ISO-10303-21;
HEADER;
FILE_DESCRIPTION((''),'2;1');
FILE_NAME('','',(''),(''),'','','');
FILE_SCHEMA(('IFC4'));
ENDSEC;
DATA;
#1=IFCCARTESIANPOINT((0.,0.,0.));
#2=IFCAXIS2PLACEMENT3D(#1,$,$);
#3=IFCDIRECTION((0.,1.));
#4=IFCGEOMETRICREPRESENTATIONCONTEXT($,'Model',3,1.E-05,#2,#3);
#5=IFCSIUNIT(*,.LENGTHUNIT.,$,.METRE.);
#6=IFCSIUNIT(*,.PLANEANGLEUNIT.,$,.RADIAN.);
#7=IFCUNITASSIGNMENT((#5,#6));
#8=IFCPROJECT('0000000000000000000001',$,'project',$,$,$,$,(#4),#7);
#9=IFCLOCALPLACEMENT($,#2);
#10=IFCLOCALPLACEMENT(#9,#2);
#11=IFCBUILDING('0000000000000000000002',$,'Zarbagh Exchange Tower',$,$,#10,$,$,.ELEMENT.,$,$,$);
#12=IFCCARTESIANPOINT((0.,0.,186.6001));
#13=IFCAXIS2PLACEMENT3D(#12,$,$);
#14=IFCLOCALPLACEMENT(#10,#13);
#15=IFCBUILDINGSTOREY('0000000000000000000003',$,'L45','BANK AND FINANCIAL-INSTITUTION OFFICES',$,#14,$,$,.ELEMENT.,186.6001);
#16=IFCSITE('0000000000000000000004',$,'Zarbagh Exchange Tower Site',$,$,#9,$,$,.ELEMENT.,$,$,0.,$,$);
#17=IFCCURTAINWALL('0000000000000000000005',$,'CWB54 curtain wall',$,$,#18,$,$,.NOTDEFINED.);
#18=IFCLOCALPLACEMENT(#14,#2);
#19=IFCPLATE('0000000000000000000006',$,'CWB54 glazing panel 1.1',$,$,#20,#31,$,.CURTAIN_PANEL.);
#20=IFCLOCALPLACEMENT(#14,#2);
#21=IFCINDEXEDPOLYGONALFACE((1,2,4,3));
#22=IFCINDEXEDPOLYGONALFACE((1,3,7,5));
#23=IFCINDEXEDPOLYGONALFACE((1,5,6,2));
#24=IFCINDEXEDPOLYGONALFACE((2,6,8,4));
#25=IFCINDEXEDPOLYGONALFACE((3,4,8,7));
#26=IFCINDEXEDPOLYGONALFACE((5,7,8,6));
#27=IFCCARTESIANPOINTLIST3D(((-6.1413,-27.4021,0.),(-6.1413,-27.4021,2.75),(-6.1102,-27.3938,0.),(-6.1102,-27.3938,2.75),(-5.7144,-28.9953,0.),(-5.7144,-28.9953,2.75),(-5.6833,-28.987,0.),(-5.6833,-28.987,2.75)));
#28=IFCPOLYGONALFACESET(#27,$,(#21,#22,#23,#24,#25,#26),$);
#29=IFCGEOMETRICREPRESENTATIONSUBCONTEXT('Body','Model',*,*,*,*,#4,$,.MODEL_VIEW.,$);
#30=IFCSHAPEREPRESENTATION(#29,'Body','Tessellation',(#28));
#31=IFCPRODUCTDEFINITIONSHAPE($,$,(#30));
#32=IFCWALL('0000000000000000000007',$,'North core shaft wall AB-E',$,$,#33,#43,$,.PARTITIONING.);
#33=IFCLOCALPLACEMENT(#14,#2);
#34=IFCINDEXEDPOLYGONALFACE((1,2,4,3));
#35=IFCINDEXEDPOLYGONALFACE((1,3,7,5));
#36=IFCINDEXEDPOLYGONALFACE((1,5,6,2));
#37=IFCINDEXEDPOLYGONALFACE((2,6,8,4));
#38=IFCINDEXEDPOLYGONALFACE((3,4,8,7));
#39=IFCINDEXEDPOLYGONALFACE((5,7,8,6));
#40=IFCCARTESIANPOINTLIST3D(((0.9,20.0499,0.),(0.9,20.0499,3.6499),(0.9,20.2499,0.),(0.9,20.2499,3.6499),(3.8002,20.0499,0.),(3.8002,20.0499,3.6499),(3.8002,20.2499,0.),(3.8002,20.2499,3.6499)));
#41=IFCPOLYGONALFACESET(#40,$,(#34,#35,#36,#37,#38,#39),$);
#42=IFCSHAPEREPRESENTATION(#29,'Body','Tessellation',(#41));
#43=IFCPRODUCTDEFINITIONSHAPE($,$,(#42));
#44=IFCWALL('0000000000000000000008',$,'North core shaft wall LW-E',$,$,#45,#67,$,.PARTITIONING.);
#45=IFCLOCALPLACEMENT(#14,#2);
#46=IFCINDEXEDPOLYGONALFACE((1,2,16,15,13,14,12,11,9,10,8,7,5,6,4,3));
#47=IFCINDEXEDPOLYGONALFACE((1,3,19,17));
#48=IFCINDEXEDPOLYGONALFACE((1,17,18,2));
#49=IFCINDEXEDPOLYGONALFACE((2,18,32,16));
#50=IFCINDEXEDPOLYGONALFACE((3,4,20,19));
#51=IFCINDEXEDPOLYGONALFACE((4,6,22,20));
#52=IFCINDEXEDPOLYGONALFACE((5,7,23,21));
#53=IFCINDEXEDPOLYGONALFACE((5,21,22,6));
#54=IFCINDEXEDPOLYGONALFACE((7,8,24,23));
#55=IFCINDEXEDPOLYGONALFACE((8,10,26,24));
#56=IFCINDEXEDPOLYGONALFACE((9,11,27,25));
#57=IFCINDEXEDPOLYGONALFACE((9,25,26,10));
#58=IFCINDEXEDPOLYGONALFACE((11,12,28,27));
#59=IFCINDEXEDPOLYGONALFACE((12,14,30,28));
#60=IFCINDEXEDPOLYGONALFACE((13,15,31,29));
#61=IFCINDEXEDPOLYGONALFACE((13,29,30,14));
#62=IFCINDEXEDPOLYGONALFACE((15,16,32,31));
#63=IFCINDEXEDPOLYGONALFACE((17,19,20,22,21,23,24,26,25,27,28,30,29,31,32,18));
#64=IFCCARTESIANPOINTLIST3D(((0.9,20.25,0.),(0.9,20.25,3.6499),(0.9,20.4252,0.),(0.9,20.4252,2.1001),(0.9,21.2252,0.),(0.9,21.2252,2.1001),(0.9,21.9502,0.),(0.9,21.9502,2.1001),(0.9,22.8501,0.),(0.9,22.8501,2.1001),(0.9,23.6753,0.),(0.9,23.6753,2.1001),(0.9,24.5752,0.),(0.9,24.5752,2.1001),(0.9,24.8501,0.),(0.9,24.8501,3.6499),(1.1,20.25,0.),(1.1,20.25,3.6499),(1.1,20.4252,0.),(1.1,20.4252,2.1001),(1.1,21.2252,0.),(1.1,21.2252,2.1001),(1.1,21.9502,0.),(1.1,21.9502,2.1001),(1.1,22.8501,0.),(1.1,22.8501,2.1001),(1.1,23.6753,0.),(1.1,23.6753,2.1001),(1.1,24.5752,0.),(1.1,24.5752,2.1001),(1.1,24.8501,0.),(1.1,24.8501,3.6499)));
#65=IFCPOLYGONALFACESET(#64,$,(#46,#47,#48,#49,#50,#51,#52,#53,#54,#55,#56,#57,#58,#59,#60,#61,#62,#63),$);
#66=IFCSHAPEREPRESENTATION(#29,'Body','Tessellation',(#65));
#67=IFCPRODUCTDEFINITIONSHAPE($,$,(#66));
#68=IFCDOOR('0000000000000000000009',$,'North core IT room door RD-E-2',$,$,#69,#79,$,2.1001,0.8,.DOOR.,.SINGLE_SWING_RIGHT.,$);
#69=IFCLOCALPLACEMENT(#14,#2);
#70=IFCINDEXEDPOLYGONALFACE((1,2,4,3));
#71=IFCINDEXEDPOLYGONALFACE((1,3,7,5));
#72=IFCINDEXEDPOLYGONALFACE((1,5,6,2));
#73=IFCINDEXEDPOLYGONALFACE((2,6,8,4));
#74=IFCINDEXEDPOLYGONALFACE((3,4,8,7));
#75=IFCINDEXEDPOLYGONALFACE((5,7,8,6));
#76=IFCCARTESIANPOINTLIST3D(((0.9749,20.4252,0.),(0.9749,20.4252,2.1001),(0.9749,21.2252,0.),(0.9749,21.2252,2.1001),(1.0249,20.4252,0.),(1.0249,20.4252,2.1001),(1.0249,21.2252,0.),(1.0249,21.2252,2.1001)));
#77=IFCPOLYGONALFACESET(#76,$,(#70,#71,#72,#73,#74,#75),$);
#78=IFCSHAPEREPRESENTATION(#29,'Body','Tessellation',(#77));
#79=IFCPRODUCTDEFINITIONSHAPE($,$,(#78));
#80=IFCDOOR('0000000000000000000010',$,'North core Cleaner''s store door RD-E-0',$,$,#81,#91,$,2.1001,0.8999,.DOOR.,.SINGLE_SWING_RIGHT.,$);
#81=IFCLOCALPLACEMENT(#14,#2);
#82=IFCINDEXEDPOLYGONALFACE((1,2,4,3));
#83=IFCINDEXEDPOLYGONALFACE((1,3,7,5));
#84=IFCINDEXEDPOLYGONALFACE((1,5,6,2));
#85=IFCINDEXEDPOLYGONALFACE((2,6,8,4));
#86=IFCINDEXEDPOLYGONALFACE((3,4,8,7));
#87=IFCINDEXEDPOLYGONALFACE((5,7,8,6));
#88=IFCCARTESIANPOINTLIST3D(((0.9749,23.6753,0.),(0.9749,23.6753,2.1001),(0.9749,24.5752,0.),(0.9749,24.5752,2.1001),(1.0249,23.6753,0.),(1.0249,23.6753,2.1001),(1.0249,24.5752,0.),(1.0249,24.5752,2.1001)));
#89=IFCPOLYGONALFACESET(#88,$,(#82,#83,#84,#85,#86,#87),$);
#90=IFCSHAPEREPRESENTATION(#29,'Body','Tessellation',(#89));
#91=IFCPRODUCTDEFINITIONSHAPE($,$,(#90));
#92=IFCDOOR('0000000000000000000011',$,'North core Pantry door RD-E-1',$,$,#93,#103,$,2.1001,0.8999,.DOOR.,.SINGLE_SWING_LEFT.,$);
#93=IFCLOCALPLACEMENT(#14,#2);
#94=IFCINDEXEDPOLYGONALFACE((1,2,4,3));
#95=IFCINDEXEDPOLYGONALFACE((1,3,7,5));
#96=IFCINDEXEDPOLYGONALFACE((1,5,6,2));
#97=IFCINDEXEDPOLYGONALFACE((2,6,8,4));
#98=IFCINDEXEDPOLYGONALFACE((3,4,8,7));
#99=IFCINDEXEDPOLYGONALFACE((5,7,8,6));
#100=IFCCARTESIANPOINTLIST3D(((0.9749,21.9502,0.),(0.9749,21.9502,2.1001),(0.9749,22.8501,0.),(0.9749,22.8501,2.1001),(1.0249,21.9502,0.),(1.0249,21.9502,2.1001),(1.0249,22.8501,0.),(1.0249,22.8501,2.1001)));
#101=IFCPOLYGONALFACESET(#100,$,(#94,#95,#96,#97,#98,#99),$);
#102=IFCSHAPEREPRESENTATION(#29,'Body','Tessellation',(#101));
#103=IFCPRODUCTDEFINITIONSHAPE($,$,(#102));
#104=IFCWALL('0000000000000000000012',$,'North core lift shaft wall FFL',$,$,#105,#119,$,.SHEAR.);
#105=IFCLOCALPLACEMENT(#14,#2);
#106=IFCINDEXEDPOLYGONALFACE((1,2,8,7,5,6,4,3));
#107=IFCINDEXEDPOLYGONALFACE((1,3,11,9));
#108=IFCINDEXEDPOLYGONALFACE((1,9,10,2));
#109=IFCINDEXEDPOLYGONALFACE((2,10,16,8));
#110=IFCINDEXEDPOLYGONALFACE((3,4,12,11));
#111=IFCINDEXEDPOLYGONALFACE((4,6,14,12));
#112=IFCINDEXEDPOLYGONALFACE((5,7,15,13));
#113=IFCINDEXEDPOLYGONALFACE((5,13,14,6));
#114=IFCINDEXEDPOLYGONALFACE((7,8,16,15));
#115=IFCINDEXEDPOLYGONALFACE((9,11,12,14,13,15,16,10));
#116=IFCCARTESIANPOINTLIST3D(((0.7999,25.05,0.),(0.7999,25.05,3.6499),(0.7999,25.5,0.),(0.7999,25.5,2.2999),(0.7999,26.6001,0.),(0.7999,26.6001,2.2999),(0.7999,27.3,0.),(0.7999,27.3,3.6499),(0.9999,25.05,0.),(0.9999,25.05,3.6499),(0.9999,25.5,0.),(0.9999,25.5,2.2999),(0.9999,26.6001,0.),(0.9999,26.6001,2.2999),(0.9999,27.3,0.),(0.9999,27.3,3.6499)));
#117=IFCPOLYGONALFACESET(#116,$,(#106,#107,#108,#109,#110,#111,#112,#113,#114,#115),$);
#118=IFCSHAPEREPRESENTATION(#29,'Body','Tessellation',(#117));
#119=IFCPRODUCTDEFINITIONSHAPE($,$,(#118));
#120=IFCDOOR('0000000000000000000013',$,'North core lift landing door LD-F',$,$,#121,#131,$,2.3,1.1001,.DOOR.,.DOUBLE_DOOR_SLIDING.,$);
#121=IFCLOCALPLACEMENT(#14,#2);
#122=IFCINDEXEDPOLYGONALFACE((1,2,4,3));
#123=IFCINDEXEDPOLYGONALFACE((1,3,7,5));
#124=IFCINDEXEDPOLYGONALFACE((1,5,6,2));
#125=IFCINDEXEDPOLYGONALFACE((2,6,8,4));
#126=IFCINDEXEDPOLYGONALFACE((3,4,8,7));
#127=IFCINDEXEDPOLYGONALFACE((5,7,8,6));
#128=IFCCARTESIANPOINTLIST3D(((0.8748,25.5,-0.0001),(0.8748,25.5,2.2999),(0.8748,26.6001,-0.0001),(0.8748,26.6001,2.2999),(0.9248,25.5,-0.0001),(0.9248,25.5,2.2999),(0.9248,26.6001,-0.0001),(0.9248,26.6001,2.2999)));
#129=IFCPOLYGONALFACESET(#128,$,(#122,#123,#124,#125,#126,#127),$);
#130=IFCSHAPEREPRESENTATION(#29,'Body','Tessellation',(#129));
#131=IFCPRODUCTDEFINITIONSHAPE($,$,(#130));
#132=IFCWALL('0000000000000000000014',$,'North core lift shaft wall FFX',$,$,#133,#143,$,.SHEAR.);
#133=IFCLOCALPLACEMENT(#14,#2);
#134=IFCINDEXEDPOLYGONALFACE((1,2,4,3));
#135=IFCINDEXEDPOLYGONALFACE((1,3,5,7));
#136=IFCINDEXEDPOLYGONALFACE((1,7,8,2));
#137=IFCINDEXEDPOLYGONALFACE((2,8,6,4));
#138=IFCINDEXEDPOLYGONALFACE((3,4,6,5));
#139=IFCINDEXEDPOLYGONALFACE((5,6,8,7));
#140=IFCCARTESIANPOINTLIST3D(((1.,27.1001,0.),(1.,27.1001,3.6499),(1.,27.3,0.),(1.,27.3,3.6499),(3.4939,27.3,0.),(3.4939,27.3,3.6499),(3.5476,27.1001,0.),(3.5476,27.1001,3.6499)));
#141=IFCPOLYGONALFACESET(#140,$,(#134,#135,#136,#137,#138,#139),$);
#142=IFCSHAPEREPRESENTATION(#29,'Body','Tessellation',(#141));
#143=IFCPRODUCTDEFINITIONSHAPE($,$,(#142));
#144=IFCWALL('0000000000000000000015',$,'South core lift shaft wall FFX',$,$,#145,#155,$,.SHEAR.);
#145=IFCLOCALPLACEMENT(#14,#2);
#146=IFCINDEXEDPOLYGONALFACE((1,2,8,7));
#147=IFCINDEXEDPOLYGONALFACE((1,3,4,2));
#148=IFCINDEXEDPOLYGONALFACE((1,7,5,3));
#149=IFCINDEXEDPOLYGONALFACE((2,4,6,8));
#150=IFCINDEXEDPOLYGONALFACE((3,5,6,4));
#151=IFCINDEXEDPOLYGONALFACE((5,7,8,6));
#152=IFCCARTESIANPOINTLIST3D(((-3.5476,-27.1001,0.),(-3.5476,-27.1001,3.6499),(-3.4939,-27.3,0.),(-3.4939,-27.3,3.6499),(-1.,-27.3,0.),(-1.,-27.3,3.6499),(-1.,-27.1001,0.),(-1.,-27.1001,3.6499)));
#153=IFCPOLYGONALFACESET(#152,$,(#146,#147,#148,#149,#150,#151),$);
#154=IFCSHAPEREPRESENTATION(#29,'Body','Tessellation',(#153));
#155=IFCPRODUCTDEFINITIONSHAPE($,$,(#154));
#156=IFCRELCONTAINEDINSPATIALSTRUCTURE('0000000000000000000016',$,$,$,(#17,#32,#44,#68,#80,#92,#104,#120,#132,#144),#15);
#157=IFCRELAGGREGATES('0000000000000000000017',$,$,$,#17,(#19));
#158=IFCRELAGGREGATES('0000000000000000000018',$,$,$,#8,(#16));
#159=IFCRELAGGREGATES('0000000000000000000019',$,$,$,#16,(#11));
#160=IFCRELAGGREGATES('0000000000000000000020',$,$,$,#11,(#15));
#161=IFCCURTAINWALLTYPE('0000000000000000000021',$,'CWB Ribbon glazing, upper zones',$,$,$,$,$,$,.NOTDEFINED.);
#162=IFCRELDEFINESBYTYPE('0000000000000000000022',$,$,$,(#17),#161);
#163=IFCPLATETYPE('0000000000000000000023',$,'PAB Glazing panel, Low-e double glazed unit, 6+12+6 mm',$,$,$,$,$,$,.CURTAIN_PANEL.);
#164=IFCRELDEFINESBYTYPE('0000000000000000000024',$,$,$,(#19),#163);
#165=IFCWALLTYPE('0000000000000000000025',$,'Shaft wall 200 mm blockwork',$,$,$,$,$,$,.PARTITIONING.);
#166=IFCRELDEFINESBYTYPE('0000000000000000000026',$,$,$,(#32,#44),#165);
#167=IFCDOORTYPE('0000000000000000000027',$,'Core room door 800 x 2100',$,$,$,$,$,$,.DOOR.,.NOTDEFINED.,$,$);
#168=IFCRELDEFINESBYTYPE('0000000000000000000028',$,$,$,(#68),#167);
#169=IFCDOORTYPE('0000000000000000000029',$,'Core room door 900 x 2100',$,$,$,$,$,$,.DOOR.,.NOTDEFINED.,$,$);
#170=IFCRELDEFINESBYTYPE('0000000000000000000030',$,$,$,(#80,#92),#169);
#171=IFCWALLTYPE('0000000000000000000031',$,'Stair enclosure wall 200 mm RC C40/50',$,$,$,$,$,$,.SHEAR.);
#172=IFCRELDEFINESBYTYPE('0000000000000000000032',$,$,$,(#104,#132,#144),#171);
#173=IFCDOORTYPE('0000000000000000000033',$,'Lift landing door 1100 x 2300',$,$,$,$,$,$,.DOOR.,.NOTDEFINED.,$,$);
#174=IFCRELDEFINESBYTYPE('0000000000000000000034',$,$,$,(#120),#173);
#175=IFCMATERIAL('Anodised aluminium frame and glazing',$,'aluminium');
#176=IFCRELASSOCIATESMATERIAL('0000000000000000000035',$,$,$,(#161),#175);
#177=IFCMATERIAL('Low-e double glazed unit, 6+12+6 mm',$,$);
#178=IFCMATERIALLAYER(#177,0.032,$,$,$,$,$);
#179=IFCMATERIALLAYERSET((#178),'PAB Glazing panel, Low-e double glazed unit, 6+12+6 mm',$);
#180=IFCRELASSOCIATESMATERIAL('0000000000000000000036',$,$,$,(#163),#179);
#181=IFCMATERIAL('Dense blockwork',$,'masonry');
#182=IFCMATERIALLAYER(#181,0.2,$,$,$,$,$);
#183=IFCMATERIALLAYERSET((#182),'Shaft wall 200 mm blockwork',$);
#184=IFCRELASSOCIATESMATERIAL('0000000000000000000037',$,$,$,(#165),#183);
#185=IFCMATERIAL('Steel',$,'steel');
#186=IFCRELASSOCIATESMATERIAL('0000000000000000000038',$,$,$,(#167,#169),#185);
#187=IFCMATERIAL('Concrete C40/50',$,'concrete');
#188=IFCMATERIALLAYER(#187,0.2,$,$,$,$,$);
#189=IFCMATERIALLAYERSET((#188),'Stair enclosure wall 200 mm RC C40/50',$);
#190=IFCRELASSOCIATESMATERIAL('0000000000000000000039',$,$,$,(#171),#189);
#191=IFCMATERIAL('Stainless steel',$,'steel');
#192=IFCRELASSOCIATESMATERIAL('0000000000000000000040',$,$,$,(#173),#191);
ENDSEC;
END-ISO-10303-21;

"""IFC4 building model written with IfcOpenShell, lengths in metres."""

from ifc_helpers import new_model, si_unit, direction, frame, frame_2d, origin, place, context, subcontext, project, spatial, polyline, rectangle, outline, extrude, source, transform, mapped, material, layer, layer_set, type_object, element, fill, aggregate, save


model = new_model("IFC4")

# Units and contexts
model_context = context("Model", 3, precision=1e-05, world=origin(), true_north=direction((0.0, 1.0)))
body_context = subcontext(model_context, "Body", "Model", "MODEL_VIEW")
ifc_project = project(units=[si_unit("LENGTHUNIT", "METRE"), si_unit("PLANEANGLEUNIT", "RADIAN")], contexts=[model_context])

# Site, building, storey
site_placement = place(None, origin())
site = spatial("IfcSite", under=ifc_project, at=site_placement, Name="Zarbagh Exchange Tower Site", CompositionType="ELEMENT", RefElevation=0.0)
building_placement = place(site_placement, origin())
building = spatial("IfcBuilding", under=site, at=building_placement, Name="Zarbagh Exchange Tower", CompositionType="ELEMENT")
storey_placement = place(building_placement, frame((0.0, 0.0, 186.6001)))
storey = spatial("IfcBuildingStorey", under=building, at=storey_placement, Name="L45", Description="BANK AND FINANCIAL-INSTITUTION OFFICES", CompositionType="ELEMENT", Elevation=186.6001)

# Shared definitions
ifc_material_1 = material(Name="Anodised aluminium frame and glazing", Category="aluminium")
curtain_wall_type = type_object("IfcCurtainWallType", Name="CWB Ribbon glazing, upper zones", PredefinedType="NOTDEFINED", material=ifc_material_1)
placement = place(storey_placement, origin())

# Curtain wall
curtain_wall_1_placement = place(storey_placement, origin())
curtain_wall_1 = element("IfcCurtainWall", 1, at=curtain_wall_1_placement, inside=storey, type_object=curtain_wall_type, Name="CWB54 curtain wall", PredefinedType="NOTDEFINED")

# Shared definitions
ifc_material_2 = material(Name="Concrete C40/50", Category="concrete")

# Shared definitions
ifc_material_3 = material(Name="Low-e double glazed unit, 6+12+6 mm")
ifc_layer_1 = layer(ifc_material_3, 0.032)
ifc_layer_set_1 = layer_set([ifc_layer_1], Name="PAB Glazing panel, Low-e double glazed unit, 6+12+6 mm")
plate_type = type_object("IfcPlateType", Name="PAB Glazing panel, Low-e double glazed unit, 6+12+6 mm", PredefinedType="CURTAIN_PANEL", material=ifc_layer_set_1)

# Plate
shared_shape_1 = source(origin(), body_context, "Body", "SweptSolid", [
    extrude(outline(polyline([(0.0, -0.0161), (1.6494, -0.0161), (1.6494, 0.0161), (0.0, 0.0161), (0.0, -0.0161)])), origin(), (0.0, 0.0, 1.0), 2.75),
])
plate_1 = element("IfcPlate", 2, at=placement, type_object=plate_type, Name="CWB54 glazing panel 1.1", PredefinedType="CURTAIN_PANEL", context=body_context, shape_type="MappedRepresentation", body=[
    mapped(shared_shape_1, transform((-6.1257, -27.3979, 0.0), x_axis=(0.258825, -0.965924, 0.0), y_axis=(0.965924, 0.258825, 0.0), z_axis=(0.0, 0.0, 1.0))),
])
aggregate(curtain_wall_1, [plate_1])

# Wall
ifc_material_4 = material(Name="Dense blockwork", Category="masonry")
ifc_layer_2 = layer(ifc_material_4, 0.2)
ifc_layer_set_2 = layer_set([ifc_layer_2], Name="Shaft wall 200 mm blockwork")
wall_type_1 = type_object("IfcWallType", Name="Shaft wall 200 mm blockwork", PredefinedType="PARTITIONING", material=ifc_layer_set_2)
wall_1_placement = place(storey_placement, frame((0.8999, 20.1499, 0.0), z_axis=(0.0, 0.0, 1.0), x_axis=(1.0, 0.0, 0.0)))
element("IfcWall", 3, at=wall_1_placement, inside=storey, type_object=wall_type_1, Name="North core shaft wall AB-E", PredefinedType="PARTITIONING", context=body_context, shape_type="SweptSolid", body=[
    extrude(rectangle(XDim=2.9001, YDim=0.2, at=frame_2d((1.4502, 0.0))), origin(), (0.0, 0.0, 1.0), 3.6499),
])

# Wall, openings, doors
wall_2_placement = place(storey_placement, frame((1.0, 24.8501, 0.0), z_axis=(0.0, 0.0, 1.0), x_axis=(0.0, -1.0, 0.0)))
wall_2 = element("IfcWall", 4, at=wall_2_placement, inside=storey, type_object=wall_type_1, Name="North core shaft wall LW-E", PredefinedType="PARTITIONING", context=body_context, shape_type="SweptSolid", body=[
    extrude(rectangle(XDim=4.6001, YDim=0.2, at=frame_2d((2.3, 0.0))), origin(), (0.0, 0.0, 1.0), 3.6499),
])
opening_1_placement = place(wall_2_placement, frame((0.2749, 0.0, 0.0)))
opening_1 = element("IfcOpeningElement", 5, at=opening_1_placement, cuts=wall_2, PredefinedType="OPENING", context=body_context, shape_type="SweptSolid", body=[
    extrude(rectangle(XDim=0.8999, YDim=2.1001, at=frame_2d((0.45, 1.05))), frame((0.0, 0.1099, 0.0), z_axis=(0.0, -1.0, 0.0), x_axis=(1.0, 0.0, 0.0)), (0.0, 0.0, 1.0), 0.22),
])
opening_2_placement = place(wall_2_placement, frame((2.0, 0.0, 0.0)))
opening_2 = element("IfcOpeningElement", 6, at=opening_2_placement, cuts=wall_2, PredefinedType="OPENING", context=body_context, shape_type="SweptSolid", body=[
    extrude(rectangle(XDim=0.8999, YDim=2.1001, at=frame_2d((0.45, 1.05))), frame((0.0, 0.1099, 0.0), z_axis=(0.0, -1.0, 0.0), x_axis=(1.0, 0.0, 0.0)), (0.0, 0.0, 1.0), 0.22),
])
opening_3_placement = place(wall_2_placement, frame((3.625, 0.0, 0.0)))
opening_3 = element("IfcOpeningElement", 7, at=opening_3_placement, cuts=wall_2, PredefinedType="OPENING", context=body_context, shape_type="SweptSolid", body=[
    extrude(rectangle(XDim=0.8, YDim=2.1001, at=frame_2d((0.3999, 1.05))), frame((0.0, 0.1099, 0.0), z_axis=(0.0, -1.0, 0.0), x_axis=(1.0, 0.0, 0.0)), (0.0, 0.0, 1.0), 0.22),
])
ifc_material_5 = material(Name="Steel", Category="steel")
door_type_1 = type_object("IfcDoorType", Name="Core room door 800 x 2100", OperationType="NOTDEFINED", PredefinedType="DOOR", material=ifc_material_5)
door_1_placement = place(opening_3_placement, origin())
door_1 = element("IfcDoor", 8, at=door_1_placement, inside=storey, type_object=door_type_1, Name="North core IT room door RD-E-2", OperationType="SINGLE_SWING_RIGHT", OverallHeight=2.1001, OverallWidth=0.8, PredefinedType="DOOR", context=body_context, shape_type="SweptSolid", body=[
    extrude(rectangle(XDim=0.8, YDim=2.1001, at=frame_2d((0.3999, 1.05))), frame((0.0, 0.0249, 0.0), z_axis=(0.0, -1.0, 0.0), x_axis=(1.0, 0.0, 0.0)), (0.0, 0.0, 1.0), 0.05),
])
fill(opening_3, door_1)
door_type_2 = type_object("IfcDoorType", Name="Core room door 900 x 2100", OperationType="NOTDEFINED", PredefinedType="DOOR", material=ifc_material_5)
door_2_placement = place(opening_1_placement, origin())
door_2 = element("IfcDoor", 9, at=door_2_placement, inside=storey, type_object=door_type_2, Name="North core Cleaner's store door RD-E-0", OperationType="SINGLE_SWING_RIGHT", OverallHeight=2.1001, OverallWidth=0.8999, PredefinedType="DOOR", context=body_context, shape_type="SweptSolid", body=[
    extrude(rectangle(XDim=0.8999, YDim=2.1001, at=frame_2d((0.45, 1.05))), frame((0.0, 0.0249, 0.0), z_axis=(0.0, -1.0, 0.0), x_axis=(1.0, 0.0, 0.0)), (0.0, 0.0, 1.0), 0.05),
])
fill(opening_1, door_2)
door_3_placement = place(opening_2_placement, origin())
door_3 = element("IfcDoor", 10, at=door_3_placement, inside=storey, type_object=door_type_2, Name="North core Pantry door RD-E-1", OperationType="SINGLE_SWING_LEFT", OverallHeight=2.1001, OverallWidth=0.8999, PredefinedType="DOOR", context=body_context, shape_type="SweptSolid", body=[
    extrude(rectangle(XDim=0.8999, YDim=2.1001, at=frame_2d((0.45, 1.05))), frame((0.0, 0.0249, 0.0), z_axis=(0.0, -1.0, 0.0), x_axis=(1.0, 0.0, 0.0)), (0.0, 0.0, 1.0), 0.05),
])
fill(opening_2, door_3)

# Wall, opening, door
ifc_layer_3 = layer(ifc_material_2, 0.2)
ifc_layer_set_3 = layer_set([ifc_layer_3], Name="Stair enclosure wall 200 mm RC C40/50")
wall_type_2 = type_object("IfcWallType", Name="Stair enclosure wall 200 mm RC C40/50", PredefinedType="SHEAR", material=ifc_layer_set_3)
wall_3_placement = place(storey_placement, frame((0.8999, 27.3, 0.0), z_axis=(0.0, 0.0, 1.0), x_axis=(0.0, -1.0, 0.0)))
wall_3 = element("IfcWall", 11, at=wall_3_placement, inside=storey, type_object=wall_type_2, Name="North core lift shaft wall FFL", PredefinedType="SHEAR", context=body_context, shape_type="SweptSolid", body=[
    extrude(rectangle(XDim=2.25, YDim=0.2, at=frame_2d((1.125, 0.0))), origin(), (0.0, 0.0, 1.0), 3.6499),
])
opening_4_placement = place(wall_3_placement, frame((0.7, 0.0, 0.0)))
opening_4 = element("IfcOpeningElement", 12, at=opening_4_placement, cuts=wall_3, PredefinedType="OPENING", context=body_context, shape_type="SweptSolid", body=[
    extrude(rectangle(XDim=1.1001, YDim=2.3, at=frame_2d((0.55, 1.1499))), frame((0.0, 0.1099, 0.0), z_axis=(0.0, -1.0, 0.0), x_axis=(1.0, 0.0, 0.0)), (0.0, 0.0, 1.0), 0.22),
])
ifc_material_6 = material(Name="Stainless steel", Category="steel")
door_type_3 = type_object("IfcDoorType", Name="Lift landing door 1100 x 2300", OperationType="NOTDEFINED", PredefinedType="DOOR", material=ifc_material_6)
door_4_placement = place(opening_4_placement, origin())
door_4 = element("IfcDoor", 13, at=door_4_placement, inside=storey, type_object=door_type_3, Name="North core lift landing door LD-F", OperationType="DOUBLE_DOOR_SLIDING", OverallHeight=2.3, OverallWidth=1.1001, PredefinedType="DOOR", context=body_context, shape_type="SweptSolid", body=[
    extrude(rectangle(XDim=1.1001, YDim=2.3, at=frame_2d((0.55, 1.1499))), frame((0.0, 0.0249, 0.0), z_axis=(0.0, -1.0, 0.0), x_axis=(1.0, 0.0, 0.0)), (0.0, 0.0, 1.0), 0.05),
])
fill(opening_4, door_4)

# Walls
wall_4_placement = place(storey_placement, origin())
element("IfcWall", 14, at=wall_4_placement, inside=storey, type_object=wall_type_2, Name="North core lift shaft wall FFX", PredefinedType="SHEAR", context=body_context, shape_type="SweptSolid", body=[
    extrude(outline(polyline([(1.0, 27.1001), (3.5476, 27.1001), (3.4939, 27.3), (1.0, 27.3), (1.0, 27.1001)])), origin(), (0.0, 0.0, 1.0), 3.6499),
])
wall_5_placement = place(storey_placement, origin())
element("IfcWall", 15, at=wall_5_placement, inside=storey, type_object=wall_type_2, Name="South core lift shaft wall FFX", PredefinedType="SHEAR", context=body_context, shape_type="SweptSolid", body=[
    extrude(outline(polyline([(-1.0, -27.1001), (-3.5476, -27.1001), (-3.4939, -27.3), (-1.0, -27.3), (-1.0, -27.1001)])), origin(), (0.0, 0.0, 1.0), 3.6499),
])

save(model, "model.ifc")
